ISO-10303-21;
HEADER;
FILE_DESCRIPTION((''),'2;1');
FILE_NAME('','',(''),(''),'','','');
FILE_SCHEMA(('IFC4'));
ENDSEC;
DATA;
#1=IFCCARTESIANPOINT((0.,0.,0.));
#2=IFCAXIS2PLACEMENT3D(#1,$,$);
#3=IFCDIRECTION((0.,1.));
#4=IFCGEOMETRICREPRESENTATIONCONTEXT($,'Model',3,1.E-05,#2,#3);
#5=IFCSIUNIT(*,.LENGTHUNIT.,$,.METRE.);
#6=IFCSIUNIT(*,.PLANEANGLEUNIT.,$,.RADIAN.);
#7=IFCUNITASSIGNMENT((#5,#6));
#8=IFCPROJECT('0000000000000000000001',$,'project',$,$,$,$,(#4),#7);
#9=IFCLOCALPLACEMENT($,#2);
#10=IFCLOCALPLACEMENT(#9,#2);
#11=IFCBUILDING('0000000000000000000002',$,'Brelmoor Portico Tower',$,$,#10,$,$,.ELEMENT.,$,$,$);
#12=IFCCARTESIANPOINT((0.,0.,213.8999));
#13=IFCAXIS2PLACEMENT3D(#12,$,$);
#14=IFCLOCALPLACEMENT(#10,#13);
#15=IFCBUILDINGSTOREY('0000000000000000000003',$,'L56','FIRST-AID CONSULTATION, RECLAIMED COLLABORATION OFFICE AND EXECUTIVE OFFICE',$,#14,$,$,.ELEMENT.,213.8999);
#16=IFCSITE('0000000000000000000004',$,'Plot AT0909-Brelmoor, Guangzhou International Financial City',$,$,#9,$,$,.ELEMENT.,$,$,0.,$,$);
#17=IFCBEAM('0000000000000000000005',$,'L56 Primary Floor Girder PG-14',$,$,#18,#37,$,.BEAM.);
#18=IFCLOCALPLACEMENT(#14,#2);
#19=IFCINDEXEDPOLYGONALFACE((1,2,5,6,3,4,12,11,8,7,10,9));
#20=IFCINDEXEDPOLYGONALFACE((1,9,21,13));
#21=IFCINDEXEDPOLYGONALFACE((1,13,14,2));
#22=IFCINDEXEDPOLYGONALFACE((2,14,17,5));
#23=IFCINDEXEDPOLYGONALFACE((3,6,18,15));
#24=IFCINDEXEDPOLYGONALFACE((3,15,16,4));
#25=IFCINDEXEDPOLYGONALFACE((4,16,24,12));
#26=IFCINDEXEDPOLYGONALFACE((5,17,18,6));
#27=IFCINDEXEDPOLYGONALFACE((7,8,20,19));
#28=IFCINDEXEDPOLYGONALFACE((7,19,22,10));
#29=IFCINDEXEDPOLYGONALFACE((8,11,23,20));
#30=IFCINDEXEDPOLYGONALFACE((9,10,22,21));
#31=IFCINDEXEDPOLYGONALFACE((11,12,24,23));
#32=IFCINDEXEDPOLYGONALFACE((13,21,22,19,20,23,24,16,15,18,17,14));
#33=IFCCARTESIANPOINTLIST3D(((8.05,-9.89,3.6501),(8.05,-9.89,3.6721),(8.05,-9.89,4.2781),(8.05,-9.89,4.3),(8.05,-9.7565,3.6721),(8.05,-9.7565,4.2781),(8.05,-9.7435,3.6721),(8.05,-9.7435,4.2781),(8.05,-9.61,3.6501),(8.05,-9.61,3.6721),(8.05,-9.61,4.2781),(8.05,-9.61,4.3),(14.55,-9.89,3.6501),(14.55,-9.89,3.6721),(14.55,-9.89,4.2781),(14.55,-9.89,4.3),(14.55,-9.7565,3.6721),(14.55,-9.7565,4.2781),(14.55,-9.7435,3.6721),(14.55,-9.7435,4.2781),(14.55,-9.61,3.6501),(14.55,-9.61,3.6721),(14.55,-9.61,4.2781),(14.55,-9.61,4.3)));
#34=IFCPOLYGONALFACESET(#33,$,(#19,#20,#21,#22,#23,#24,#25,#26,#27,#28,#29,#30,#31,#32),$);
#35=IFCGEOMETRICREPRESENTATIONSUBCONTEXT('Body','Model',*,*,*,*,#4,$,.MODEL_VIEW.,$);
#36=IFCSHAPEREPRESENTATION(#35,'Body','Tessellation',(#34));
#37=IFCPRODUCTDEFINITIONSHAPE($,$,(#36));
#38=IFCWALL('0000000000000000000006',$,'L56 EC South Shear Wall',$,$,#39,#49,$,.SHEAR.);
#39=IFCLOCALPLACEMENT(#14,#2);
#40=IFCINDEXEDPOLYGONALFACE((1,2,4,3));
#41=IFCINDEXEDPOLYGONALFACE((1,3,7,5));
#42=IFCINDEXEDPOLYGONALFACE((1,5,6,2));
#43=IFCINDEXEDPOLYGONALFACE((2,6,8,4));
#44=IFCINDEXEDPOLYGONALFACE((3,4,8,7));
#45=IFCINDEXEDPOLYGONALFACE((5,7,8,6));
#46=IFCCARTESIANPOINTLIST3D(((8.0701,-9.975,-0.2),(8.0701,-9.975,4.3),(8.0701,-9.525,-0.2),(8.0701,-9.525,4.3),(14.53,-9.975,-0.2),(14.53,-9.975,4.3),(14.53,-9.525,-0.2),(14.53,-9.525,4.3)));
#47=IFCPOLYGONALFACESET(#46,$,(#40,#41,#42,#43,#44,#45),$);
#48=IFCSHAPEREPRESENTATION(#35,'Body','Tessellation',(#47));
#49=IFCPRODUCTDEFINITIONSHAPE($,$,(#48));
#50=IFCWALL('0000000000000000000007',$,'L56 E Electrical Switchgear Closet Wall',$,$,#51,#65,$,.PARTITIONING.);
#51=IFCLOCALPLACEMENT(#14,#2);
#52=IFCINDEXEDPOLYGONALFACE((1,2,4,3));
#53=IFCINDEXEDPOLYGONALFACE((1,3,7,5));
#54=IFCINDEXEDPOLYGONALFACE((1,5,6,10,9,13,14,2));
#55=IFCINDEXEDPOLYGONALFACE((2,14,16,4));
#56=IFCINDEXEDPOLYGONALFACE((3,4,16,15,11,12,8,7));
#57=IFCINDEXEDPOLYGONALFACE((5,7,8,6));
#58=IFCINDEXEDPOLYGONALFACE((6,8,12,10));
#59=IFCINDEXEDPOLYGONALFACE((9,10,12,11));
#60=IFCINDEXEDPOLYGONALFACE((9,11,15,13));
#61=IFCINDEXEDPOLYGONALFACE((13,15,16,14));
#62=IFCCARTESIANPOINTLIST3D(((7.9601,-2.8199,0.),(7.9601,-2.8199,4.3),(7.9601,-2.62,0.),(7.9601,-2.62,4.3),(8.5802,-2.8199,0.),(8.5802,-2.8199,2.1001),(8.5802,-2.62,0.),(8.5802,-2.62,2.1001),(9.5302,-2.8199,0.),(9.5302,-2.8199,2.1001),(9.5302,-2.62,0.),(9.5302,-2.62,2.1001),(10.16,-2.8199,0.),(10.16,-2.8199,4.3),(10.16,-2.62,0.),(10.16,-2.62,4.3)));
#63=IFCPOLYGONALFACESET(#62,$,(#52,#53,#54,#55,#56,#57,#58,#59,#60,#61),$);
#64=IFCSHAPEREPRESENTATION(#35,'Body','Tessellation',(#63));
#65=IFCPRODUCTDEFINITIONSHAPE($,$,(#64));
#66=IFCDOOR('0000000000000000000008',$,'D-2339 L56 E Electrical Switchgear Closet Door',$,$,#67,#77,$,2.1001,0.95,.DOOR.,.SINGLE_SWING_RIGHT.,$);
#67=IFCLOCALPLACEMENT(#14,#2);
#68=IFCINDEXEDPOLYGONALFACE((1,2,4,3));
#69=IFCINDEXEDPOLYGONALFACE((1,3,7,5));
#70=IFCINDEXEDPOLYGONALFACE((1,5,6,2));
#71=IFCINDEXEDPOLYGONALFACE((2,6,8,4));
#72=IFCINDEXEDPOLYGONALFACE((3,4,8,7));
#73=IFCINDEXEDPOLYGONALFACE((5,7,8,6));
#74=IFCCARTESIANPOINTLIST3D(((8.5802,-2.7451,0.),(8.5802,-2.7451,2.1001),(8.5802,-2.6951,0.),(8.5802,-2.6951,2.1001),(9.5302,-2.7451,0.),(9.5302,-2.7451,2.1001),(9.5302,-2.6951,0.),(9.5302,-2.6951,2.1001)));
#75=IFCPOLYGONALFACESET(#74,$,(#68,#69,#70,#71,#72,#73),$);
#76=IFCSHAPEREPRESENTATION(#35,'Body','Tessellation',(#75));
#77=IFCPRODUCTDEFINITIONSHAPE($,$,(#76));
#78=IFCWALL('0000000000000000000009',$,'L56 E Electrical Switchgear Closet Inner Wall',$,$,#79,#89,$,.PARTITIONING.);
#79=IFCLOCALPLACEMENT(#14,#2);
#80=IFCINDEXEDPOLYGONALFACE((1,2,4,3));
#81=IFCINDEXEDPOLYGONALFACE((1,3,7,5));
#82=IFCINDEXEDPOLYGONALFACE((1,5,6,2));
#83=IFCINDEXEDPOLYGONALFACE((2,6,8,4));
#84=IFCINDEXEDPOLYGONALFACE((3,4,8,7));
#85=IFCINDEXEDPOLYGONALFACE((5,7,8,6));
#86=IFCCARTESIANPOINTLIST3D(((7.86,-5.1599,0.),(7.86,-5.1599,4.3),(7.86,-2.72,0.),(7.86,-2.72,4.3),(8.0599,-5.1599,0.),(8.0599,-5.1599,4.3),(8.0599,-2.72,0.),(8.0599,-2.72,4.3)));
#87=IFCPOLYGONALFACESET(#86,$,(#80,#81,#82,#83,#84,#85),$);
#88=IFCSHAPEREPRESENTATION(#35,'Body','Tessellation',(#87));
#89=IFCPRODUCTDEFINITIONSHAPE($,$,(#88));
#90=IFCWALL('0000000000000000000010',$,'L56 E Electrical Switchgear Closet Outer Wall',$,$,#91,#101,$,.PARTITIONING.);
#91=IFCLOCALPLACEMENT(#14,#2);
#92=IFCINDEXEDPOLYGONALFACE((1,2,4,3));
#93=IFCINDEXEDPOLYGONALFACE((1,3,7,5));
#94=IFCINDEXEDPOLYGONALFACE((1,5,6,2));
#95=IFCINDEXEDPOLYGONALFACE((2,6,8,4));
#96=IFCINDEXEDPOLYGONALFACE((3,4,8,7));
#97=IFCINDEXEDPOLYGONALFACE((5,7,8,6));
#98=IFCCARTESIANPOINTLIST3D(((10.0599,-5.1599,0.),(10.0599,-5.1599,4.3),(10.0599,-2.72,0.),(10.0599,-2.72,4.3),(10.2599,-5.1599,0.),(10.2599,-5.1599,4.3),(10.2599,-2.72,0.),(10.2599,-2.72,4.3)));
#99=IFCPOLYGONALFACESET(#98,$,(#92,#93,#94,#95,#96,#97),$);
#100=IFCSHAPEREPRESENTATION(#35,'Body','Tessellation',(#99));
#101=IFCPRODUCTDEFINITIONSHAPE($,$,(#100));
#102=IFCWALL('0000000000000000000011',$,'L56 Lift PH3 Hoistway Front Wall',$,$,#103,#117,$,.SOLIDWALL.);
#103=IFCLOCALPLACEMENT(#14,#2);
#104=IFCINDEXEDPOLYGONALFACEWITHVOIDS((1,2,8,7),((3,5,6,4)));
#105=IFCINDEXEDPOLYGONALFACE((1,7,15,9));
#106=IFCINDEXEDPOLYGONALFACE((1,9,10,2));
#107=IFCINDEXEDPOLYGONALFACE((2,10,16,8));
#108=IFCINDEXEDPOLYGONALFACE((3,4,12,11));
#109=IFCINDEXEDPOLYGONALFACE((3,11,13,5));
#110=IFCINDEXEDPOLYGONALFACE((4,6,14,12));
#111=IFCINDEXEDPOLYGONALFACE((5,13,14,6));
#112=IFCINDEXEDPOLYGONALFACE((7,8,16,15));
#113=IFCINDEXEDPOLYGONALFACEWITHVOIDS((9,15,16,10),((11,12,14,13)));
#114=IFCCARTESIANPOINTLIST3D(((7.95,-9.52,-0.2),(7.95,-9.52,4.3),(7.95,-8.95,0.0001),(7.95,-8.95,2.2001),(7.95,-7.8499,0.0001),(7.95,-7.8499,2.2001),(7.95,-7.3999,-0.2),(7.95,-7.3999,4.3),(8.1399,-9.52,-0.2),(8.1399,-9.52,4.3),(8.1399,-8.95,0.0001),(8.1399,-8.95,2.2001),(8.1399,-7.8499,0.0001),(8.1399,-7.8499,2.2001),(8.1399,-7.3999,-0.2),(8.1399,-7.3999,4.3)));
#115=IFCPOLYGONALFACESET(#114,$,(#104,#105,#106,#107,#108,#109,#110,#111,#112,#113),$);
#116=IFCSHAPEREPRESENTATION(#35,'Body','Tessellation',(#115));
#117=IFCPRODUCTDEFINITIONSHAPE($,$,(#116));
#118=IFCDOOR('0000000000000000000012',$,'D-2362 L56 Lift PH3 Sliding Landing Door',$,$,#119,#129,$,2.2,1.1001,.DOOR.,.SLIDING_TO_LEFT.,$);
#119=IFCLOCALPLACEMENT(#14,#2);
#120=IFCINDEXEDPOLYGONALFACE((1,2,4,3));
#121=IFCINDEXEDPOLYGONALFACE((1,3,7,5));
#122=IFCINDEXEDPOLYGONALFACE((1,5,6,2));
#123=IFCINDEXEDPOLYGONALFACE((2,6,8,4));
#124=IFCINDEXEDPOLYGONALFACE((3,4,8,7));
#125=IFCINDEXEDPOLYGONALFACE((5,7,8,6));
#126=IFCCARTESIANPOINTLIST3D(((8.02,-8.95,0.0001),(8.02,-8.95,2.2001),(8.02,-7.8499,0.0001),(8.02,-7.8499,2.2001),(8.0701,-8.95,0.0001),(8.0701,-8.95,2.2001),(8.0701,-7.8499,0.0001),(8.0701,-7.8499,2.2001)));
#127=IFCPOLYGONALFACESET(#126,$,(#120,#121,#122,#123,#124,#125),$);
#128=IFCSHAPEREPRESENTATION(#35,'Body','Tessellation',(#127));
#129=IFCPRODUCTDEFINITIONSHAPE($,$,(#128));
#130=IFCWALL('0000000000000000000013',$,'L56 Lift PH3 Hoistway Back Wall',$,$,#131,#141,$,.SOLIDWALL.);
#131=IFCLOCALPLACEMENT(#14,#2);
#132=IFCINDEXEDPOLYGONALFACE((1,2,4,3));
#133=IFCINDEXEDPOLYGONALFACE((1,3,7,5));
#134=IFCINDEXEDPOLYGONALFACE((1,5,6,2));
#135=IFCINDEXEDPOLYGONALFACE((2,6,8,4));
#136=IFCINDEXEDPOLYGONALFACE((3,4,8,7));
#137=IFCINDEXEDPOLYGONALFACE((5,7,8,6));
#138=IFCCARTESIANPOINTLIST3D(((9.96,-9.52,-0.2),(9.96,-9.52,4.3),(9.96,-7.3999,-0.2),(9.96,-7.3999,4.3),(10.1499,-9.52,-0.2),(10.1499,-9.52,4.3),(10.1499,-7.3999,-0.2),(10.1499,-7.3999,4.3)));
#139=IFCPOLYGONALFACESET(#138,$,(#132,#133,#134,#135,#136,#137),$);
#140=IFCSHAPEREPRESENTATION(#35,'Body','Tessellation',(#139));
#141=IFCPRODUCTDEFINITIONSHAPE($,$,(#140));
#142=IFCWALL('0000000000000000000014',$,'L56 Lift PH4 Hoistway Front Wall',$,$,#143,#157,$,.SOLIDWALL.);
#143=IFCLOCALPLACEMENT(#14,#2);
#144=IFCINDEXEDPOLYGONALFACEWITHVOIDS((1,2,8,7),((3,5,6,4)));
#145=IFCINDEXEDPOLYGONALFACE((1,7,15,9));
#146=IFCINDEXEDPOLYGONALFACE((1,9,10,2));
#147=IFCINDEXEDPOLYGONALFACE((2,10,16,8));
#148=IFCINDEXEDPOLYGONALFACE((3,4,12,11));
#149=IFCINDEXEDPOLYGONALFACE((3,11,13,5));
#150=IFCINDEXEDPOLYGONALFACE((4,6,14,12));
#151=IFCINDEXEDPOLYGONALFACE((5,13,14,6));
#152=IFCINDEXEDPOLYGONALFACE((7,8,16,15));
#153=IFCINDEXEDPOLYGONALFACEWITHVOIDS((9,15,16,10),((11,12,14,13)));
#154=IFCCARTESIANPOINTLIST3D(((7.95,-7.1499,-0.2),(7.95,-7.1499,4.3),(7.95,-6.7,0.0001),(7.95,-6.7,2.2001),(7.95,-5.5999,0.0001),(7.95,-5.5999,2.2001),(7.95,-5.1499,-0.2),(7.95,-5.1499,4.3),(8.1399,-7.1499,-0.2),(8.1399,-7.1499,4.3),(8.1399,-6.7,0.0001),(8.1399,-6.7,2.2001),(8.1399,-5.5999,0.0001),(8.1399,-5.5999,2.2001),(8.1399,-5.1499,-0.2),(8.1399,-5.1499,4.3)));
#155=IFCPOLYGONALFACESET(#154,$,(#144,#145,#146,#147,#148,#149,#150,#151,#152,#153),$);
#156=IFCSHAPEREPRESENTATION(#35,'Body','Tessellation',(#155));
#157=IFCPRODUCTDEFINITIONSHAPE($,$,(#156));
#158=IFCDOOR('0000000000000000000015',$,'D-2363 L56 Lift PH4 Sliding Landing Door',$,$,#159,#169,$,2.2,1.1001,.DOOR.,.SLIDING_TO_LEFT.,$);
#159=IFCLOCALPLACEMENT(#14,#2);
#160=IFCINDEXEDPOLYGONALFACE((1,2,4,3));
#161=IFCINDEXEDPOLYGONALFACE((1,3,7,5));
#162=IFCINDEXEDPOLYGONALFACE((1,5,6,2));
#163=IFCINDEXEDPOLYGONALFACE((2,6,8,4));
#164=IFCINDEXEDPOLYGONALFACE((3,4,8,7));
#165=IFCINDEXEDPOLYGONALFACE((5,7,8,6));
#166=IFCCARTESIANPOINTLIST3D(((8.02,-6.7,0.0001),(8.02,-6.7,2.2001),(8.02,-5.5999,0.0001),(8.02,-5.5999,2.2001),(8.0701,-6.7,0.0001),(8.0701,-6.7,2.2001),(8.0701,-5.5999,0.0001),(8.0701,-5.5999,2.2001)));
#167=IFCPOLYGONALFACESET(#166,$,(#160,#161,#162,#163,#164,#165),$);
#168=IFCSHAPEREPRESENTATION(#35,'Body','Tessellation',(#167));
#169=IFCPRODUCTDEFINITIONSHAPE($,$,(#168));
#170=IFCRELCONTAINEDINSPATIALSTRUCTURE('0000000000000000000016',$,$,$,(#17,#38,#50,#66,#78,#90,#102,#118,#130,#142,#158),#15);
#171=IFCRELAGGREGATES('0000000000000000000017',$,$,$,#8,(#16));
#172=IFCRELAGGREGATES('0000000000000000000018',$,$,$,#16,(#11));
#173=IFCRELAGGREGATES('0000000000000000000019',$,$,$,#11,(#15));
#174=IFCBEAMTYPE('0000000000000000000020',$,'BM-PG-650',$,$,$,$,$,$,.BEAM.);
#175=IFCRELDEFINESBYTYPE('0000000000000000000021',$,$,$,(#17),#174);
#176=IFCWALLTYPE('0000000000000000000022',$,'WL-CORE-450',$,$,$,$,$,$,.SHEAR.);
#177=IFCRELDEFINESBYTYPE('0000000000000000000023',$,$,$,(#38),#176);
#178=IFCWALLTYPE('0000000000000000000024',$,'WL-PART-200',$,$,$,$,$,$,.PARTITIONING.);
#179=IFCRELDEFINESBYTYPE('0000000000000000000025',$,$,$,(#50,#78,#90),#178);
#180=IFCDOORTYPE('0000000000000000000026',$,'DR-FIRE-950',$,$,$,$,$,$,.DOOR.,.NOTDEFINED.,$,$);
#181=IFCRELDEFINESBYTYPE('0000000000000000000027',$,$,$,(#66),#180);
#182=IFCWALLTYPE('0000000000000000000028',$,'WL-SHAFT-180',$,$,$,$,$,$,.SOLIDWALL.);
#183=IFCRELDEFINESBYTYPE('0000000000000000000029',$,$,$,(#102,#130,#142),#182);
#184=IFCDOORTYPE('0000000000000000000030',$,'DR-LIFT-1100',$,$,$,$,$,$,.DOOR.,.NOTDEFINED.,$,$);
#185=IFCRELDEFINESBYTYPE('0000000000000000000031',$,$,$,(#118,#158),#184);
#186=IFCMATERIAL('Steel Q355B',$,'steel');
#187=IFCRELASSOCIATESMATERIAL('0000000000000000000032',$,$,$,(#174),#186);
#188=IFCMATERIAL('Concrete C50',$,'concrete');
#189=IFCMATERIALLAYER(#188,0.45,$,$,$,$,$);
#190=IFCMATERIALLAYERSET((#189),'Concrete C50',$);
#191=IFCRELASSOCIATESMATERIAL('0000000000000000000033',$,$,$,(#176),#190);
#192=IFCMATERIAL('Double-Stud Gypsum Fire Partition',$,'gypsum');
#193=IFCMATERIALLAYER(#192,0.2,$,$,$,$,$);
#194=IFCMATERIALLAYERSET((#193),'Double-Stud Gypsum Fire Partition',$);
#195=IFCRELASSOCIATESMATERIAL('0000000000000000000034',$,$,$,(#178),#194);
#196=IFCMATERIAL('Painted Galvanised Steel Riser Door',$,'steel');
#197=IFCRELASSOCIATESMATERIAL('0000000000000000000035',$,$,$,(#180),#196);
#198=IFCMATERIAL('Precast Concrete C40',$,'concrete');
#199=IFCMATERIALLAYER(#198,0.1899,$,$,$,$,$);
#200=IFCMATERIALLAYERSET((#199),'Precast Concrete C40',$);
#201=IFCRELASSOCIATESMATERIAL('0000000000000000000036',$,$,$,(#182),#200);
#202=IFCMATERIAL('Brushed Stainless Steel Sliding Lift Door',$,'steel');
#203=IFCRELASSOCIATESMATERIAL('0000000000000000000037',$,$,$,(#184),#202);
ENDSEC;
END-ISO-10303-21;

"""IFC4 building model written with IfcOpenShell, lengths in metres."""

from ifc_helpers import new_model, si_unit, direction, frame, frame_2d, origin, origin_2d, place, context, subcontext, project, spatial, rectangle, i_section, extrude, material, layer, layer_set, material_profile, profile_set, type_object, element, fill, save


model = new_model("IFC4")

# Units and contexts
model_context = context("Model", 3, precision=1e-05, world=origin(), true_north=direction((0.0, 1.0)))
body_context = subcontext(model_context, "Body", "Model", "MODEL_VIEW")
ifc_project = project(units=[si_unit("LENGTHUNIT", "METRE"), si_unit("PLANEANGLEUNIT", "RADIAN")], contexts=[model_context])

# Site, building, storey
site_placement = place(None, origin())
site = spatial("IfcSite", under=ifc_project, at=site_placement, Name="Plot AT0909-Brelmoor, Guangzhou International Financial City", CompositionType="ELEMENT", RefElevation=0.0)
building_placement = place(site_placement, origin())
building = spatial("IfcBuilding", under=site, at=building_placement, Name="Brelmoor Portico Tower", CompositionType="ELEMENT")
storey_placement = place(building_placement, frame((0.0, 0.0, 213.8999)))
storey = spatial("IfcBuildingStorey", under=building, at=storey_placement, Name="L56", Description="FIRST-AID CONSULTATION, RECLAIMED COLLABORATION OFFICE AND EXECUTIVE OFFICE", CompositionType="ELEMENT", Elevation=213.8999)

# Beam
ifc_material_1 = material(Name="Steel Q355B", Category="steel")
ifc_material_profile = material_profile(ifc_material_1, i_section(OverallWidth=0.28, OverallDepth=0.6499, WebThickness=0.0129, FlangeThickness=0.022, at=origin_2d()), Name="HN 650x280x13x22")
ifc_profile_set = profile_set([ifc_material_profile], Name="Steel Q355B")
beam_type = type_object("IfcBeamType", Name="BM-PG-650", PredefinedType="BEAM", material=ifc_profile_set)
beam_placement = place(storey_placement, frame((8.05, -9.75, 3.9751), z_axis=(1.0, 0.0, 0.0), x_axis=(0.0, 1.0, 0.0)))
element("IfcBeam", 1, at=beam_placement, inside=storey, type_object=beam_type, Name="L56 Primary Floor Girder PG-14", PredefinedType="BEAM", context=body_context, shape_type="SweptSolid", body=[
    extrude(i_section(OverallWidth=0.28, OverallDepth=0.6499, WebThickness=0.0129, FlangeThickness=0.022, at=origin_2d()), origin(), (0.0, 0.0, 1.0), 6.5),
])

# Wall
ifc_material_2 = material(Name="Concrete C50", Category="concrete")
ifc_layer_1 = layer(ifc_material_2, 0.45)
ifc_layer_set_1 = layer_set([ifc_layer_1], Name="Concrete C50")
wall_type_1 = type_object("IfcWallType", Name="WL-CORE-450", PredefinedType="SHEAR", material=ifc_layer_set_1)
wall_1_placement = place(storey_placement, frame((8.0701, -9.75, -0.2), z_axis=(0.0, 0.0, 1.0), x_axis=(1.0, 0.0, 0.0)))
element("IfcWall", 2, at=wall_1_placement, inside=storey, type_object=wall_type_1, Name="L56 EC South Shear Wall", PredefinedType="SHEAR", context=body_context, shape_type="SweptSolid", body=[
    extrude(rectangle(XDim=6.46, YDim=0.45, at=frame_2d((3.23, 0.0))), origin(), (0.0, 0.0, 1.0), 4.5),
])

# Wall, opening, door
ifc_material_3 = material(Name="Double-Stud Gypsum Fire Partition", Category="gypsum")
ifc_layer_2 = layer(ifc_material_3, 0.2)
ifc_layer_set_2 = layer_set([ifc_layer_2], Name="Double-Stud Gypsum Fire Partition")
wall_type_2 = type_object("IfcWallType", Name="WL-PART-200", PredefinedType="PARTITIONING", material=ifc_layer_set_2)
wall_2_placement = place(storey_placement, frame((7.96, -2.72, 0.0), z_axis=(0.0, 0.0, 1.0), x_axis=(1.0, 0.0, 0.0)))
wall_2 = element("IfcWall", 3, at=wall_2_placement, inside=storey, type_object=wall_type_2, Name="L56 E Electrical Switchgear Closet Wall", PredefinedType="PARTITIONING", context=body_context, shape_type="SweptSolid", body=[
    extrude(rectangle(XDim=2.2, YDim=0.2, at=frame_2d((1.1001, 0.0))), origin(), (0.0, 0.0, 1.0), 4.3),
])
opening_1_placement = place(wall_2_placement, frame((0.6201, 0.0, 0.0)))
opening_1 = element("IfcOpeningElement", 4, at=opening_1_placement, cuts=wall_2, PredefinedType="OPENING", context=body_context, shape_type="SweptSolid", body=[
    extrude(rectangle(XDim=0.95, YDim=2.1001, at=frame_2d((0.4751, 1.05))), frame((0.0, 0.1099, 0.0), z_axis=(0.0, -1.0, 0.0), x_axis=(1.0, 0.0, 0.0)), (0.0, 0.0, 1.0), 0.22),
])
ifc_material_4 = material(Name="Painted Galvanised Steel Riser Door", Category="steel")
door_type_1 = type_object("IfcDoorType", Name="DR-FIRE-950", OperationType="NOTDEFINED", PredefinedType="DOOR", material=ifc_material_4)
door_1_placement = place(opening_1_placement, origin())
door_1 = element("IfcDoor", 5, at=door_1_placement, inside=storey, type_object=door_type_1, Name="D-2339 L56 E Electrical Switchgear Closet Door", OperationType="SINGLE_SWING_RIGHT", OverallHeight=2.1001, OverallWidth=0.95, PredefinedType="DOOR", context=body_context, shape_type="SweptSolid", body=[
    extrude(rectangle(XDim=0.95, YDim=2.1001, at=frame_2d((0.4751, 1.05))), frame((0.0, 0.0249, 0.0), z_axis=(0.0, -1.0, 0.0), x_axis=(1.0, 0.0, 0.0)), (0.0, 0.0, 1.0), 0.05),
])
fill(opening_1, door_1)

# Walls
for number, where, z_axis, x_axis, name in (
    (6, (7.96, -5.1599, 0.0), (0.0, 0.0, 1.0), (0.0, 1.0, 0.0), "L56 E Electrical Switchgear Closet Inner Wall"),
    (7, (10.1599, -5.1599, 0.0), (0.0, 0.0, 1.0), (0.0, 1.0, 0.0), "L56 E Electrical Switchgear Closet Outer Wall"),
):
    element("IfcWall", number, at=place(storey_placement, frame(where, z_axis=z_axis, x_axis=x_axis)), inside=storey, type_object=wall_type_2, Name=name, PredefinedType="PARTITIONING", context=body_context, shape_type="SweptSolid", body=[
        extrude(rectangle(XDim=2.4399, YDim=0.2, at=frame_2d((1.22, 0.0))), origin(), (0.0, 0.0, 1.0), 4.3),
    ])

# Wall, opening, door
ifc_material_5 = material(Name="Precast Concrete C40", Category="concrete")
ifc_layer_3 = layer(ifc_material_5, 0.1899)
ifc_layer_set_3 = layer_set([ifc_layer_3], Name="Precast Concrete C40")
wall_type_3 = type_object("IfcWallType", Name="WL-SHAFT-180", PredefinedType="SOLIDWALL", material=ifc_layer_set_3)
wall_3_placement = place(storey_placement, frame((8.0449, -9.52, -0.2), z_axis=(0.0, 0.0, 1.0), x_axis=(0.0, 1.0, 0.0)))
wall_3 = element("IfcWall", 8, at=wall_3_placement, inside=storey, type_object=wall_type_3, Name="L56 Lift PH3 Hoistway Front Wall", PredefinedType="SOLIDWALL", context=body_context, shape_type="SweptSolid", body=[
    extrude(rectangle(XDim=2.1201, YDim=0.1899, at=frame_2d((1.0601, 0.0))), origin(), (0.0, 0.0, 1.0), 4.5),
])
opening_2_placement = place(wall_3_placement, frame((0.5701, 0.0, 0.2)))
opening_2 = element("IfcOpeningElement", 9, at=opening_2_placement, cuts=wall_3, PredefinedType="OPENING", context=body_context, shape_type="SweptSolid", body=[
    extrude(rectangle(XDim=1.1001, YDim=2.2, at=frame_2d((0.55, 1.1001))), frame((0.0, 0.105, 0.0), z_axis=(0.0, -1.0, 0.0), x_axis=(1.0, 0.0, 0.0)), (0.0, 0.0, 1.0), 0.21),
])
ifc_material_6 = material(Name="Brushed Stainless Steel Sliding Lift Door", Category="steel")
door_type_2 = type_object("IfcDoorType", Name="DR-LIFT-1100", OperationType="NOTDEFINED", PredefinedType="DOOR", material=ifc_material_6)
door_2_placement = place(opening_2_placement, origin())
door_2 = element("IfcDoor", 10, at=door_2_placement, inside=storey, type_object=door_type_2, Name="D-2362 L56 Lift PH3 Sliding Landing Door", OperationType="SLIDING_TO_LEFT", OverallHeight=2.2, OverallWidth=1.1001, PredefinedType="DOOR", context=body_context, shape_type="SweptSolid", body=[
    extrude(rectangle(XDim=1.1001, YDim=2.2, at=frame_2d((0.55, 1.1001))), frame((0.0, 0.0249, 0.0), z_axis=(0.0, -1.0, 0.0), x_axis=(1.0, 0.0, 0.0)), (0.0, 0.0, 1.0), 0.05),
])
fill(opening_2, door_2)

# Wall
wall_4_placement = place(storey_placement, frame((10.0549, -9.52, -0.2), z_axis=(0.0, 0.0, 1.0), x_axis=(0.0, 1.0, 0.0)))
element("IfcWall", 11, at=wall_4_placement, inside=storey, type_object=wall_type_3, Name="L56 Lift PH3 Hoistway Back Wall", PredefinedType="SOLIDWALL", context=body_context, shape_type="SweptSolid", body=[
    extrude(rectangle(XDim=2.1201, YDim=0.1899, at=frame_2d((1.0601, 0.0))), origin(), (0.0, 0.0, 1.0), 4.5),
])

# Wall, opening, door
wall_5_placement = place(storey_placement, frame((8.0449, -7.1499, -0.2), z_axis=(0.0, 0.0, 1.0), x_axis=(0.0, 1.0, 0.0)))
wall_5 = element("IfcWall", 12, at=wall_5_placement, inside=storey, type_object=wall_type_3, Name="L56 Lift PH4 Hoistway Front Wall", PredefinedType="SOLIDWALL", context=body_context, shape_type="SweptSolid", body=[
    extrude(rectangle(XDim=2.0, YDim=0.1899, at=frame_2d((1.0, 0.0))), origin(), (0.0, 0.0, 1.0), 4.5),
])
opening_3_placement = place(wall_5_placement, frame((0.45, 0.0, 0.2)))
opening_3 = element("IfcOpeningElement", 13, at=opening_3_placement, cuts=wall_5, PredefinedType="OPENING", context=body_context, shape_type="SweptSolid", body=[
    extrude(rectangle(XDim=1.1001, YDim=2.2, at=frame_2d((0.55, 1.1001))), frame((0.0, 0.105, 0.0), z_axis=(0.0, -1.0, 0.0), x_axis=(1.0, 0.0, 0.0)), (0.0, 0.0, 1.0), 0.21),
])
door_3_placement = place(opening_3_placement, origin())
door_3 = element("IfcDoor", 14, at=door_3_placement, inside=storey, type_object=door_type_2, Name="D-2363 L56 Lift PH4 Sliding Landing Door", OperationType="SLIDING_TO_LEFT", OverallHeight=2.2, OverallWidth=1.1001, PredefinedType="DOOR", context=body_context, shape_type="SweptSolid", body=[
    extrude(rectangle(XDim=1.1001, YDim=2.2, at=frame_2d((0.55, 1.1001))), frame((0.0, 0.0249, 0.0), z_axis=(0.0, -1.0, 0.0), x_axis=(1.0, 0.0, 0.0)), (0.0, 0.0, 1.0), 0.05),
])
fill(opening_3, door_3)

save(model, "model.ifc")
